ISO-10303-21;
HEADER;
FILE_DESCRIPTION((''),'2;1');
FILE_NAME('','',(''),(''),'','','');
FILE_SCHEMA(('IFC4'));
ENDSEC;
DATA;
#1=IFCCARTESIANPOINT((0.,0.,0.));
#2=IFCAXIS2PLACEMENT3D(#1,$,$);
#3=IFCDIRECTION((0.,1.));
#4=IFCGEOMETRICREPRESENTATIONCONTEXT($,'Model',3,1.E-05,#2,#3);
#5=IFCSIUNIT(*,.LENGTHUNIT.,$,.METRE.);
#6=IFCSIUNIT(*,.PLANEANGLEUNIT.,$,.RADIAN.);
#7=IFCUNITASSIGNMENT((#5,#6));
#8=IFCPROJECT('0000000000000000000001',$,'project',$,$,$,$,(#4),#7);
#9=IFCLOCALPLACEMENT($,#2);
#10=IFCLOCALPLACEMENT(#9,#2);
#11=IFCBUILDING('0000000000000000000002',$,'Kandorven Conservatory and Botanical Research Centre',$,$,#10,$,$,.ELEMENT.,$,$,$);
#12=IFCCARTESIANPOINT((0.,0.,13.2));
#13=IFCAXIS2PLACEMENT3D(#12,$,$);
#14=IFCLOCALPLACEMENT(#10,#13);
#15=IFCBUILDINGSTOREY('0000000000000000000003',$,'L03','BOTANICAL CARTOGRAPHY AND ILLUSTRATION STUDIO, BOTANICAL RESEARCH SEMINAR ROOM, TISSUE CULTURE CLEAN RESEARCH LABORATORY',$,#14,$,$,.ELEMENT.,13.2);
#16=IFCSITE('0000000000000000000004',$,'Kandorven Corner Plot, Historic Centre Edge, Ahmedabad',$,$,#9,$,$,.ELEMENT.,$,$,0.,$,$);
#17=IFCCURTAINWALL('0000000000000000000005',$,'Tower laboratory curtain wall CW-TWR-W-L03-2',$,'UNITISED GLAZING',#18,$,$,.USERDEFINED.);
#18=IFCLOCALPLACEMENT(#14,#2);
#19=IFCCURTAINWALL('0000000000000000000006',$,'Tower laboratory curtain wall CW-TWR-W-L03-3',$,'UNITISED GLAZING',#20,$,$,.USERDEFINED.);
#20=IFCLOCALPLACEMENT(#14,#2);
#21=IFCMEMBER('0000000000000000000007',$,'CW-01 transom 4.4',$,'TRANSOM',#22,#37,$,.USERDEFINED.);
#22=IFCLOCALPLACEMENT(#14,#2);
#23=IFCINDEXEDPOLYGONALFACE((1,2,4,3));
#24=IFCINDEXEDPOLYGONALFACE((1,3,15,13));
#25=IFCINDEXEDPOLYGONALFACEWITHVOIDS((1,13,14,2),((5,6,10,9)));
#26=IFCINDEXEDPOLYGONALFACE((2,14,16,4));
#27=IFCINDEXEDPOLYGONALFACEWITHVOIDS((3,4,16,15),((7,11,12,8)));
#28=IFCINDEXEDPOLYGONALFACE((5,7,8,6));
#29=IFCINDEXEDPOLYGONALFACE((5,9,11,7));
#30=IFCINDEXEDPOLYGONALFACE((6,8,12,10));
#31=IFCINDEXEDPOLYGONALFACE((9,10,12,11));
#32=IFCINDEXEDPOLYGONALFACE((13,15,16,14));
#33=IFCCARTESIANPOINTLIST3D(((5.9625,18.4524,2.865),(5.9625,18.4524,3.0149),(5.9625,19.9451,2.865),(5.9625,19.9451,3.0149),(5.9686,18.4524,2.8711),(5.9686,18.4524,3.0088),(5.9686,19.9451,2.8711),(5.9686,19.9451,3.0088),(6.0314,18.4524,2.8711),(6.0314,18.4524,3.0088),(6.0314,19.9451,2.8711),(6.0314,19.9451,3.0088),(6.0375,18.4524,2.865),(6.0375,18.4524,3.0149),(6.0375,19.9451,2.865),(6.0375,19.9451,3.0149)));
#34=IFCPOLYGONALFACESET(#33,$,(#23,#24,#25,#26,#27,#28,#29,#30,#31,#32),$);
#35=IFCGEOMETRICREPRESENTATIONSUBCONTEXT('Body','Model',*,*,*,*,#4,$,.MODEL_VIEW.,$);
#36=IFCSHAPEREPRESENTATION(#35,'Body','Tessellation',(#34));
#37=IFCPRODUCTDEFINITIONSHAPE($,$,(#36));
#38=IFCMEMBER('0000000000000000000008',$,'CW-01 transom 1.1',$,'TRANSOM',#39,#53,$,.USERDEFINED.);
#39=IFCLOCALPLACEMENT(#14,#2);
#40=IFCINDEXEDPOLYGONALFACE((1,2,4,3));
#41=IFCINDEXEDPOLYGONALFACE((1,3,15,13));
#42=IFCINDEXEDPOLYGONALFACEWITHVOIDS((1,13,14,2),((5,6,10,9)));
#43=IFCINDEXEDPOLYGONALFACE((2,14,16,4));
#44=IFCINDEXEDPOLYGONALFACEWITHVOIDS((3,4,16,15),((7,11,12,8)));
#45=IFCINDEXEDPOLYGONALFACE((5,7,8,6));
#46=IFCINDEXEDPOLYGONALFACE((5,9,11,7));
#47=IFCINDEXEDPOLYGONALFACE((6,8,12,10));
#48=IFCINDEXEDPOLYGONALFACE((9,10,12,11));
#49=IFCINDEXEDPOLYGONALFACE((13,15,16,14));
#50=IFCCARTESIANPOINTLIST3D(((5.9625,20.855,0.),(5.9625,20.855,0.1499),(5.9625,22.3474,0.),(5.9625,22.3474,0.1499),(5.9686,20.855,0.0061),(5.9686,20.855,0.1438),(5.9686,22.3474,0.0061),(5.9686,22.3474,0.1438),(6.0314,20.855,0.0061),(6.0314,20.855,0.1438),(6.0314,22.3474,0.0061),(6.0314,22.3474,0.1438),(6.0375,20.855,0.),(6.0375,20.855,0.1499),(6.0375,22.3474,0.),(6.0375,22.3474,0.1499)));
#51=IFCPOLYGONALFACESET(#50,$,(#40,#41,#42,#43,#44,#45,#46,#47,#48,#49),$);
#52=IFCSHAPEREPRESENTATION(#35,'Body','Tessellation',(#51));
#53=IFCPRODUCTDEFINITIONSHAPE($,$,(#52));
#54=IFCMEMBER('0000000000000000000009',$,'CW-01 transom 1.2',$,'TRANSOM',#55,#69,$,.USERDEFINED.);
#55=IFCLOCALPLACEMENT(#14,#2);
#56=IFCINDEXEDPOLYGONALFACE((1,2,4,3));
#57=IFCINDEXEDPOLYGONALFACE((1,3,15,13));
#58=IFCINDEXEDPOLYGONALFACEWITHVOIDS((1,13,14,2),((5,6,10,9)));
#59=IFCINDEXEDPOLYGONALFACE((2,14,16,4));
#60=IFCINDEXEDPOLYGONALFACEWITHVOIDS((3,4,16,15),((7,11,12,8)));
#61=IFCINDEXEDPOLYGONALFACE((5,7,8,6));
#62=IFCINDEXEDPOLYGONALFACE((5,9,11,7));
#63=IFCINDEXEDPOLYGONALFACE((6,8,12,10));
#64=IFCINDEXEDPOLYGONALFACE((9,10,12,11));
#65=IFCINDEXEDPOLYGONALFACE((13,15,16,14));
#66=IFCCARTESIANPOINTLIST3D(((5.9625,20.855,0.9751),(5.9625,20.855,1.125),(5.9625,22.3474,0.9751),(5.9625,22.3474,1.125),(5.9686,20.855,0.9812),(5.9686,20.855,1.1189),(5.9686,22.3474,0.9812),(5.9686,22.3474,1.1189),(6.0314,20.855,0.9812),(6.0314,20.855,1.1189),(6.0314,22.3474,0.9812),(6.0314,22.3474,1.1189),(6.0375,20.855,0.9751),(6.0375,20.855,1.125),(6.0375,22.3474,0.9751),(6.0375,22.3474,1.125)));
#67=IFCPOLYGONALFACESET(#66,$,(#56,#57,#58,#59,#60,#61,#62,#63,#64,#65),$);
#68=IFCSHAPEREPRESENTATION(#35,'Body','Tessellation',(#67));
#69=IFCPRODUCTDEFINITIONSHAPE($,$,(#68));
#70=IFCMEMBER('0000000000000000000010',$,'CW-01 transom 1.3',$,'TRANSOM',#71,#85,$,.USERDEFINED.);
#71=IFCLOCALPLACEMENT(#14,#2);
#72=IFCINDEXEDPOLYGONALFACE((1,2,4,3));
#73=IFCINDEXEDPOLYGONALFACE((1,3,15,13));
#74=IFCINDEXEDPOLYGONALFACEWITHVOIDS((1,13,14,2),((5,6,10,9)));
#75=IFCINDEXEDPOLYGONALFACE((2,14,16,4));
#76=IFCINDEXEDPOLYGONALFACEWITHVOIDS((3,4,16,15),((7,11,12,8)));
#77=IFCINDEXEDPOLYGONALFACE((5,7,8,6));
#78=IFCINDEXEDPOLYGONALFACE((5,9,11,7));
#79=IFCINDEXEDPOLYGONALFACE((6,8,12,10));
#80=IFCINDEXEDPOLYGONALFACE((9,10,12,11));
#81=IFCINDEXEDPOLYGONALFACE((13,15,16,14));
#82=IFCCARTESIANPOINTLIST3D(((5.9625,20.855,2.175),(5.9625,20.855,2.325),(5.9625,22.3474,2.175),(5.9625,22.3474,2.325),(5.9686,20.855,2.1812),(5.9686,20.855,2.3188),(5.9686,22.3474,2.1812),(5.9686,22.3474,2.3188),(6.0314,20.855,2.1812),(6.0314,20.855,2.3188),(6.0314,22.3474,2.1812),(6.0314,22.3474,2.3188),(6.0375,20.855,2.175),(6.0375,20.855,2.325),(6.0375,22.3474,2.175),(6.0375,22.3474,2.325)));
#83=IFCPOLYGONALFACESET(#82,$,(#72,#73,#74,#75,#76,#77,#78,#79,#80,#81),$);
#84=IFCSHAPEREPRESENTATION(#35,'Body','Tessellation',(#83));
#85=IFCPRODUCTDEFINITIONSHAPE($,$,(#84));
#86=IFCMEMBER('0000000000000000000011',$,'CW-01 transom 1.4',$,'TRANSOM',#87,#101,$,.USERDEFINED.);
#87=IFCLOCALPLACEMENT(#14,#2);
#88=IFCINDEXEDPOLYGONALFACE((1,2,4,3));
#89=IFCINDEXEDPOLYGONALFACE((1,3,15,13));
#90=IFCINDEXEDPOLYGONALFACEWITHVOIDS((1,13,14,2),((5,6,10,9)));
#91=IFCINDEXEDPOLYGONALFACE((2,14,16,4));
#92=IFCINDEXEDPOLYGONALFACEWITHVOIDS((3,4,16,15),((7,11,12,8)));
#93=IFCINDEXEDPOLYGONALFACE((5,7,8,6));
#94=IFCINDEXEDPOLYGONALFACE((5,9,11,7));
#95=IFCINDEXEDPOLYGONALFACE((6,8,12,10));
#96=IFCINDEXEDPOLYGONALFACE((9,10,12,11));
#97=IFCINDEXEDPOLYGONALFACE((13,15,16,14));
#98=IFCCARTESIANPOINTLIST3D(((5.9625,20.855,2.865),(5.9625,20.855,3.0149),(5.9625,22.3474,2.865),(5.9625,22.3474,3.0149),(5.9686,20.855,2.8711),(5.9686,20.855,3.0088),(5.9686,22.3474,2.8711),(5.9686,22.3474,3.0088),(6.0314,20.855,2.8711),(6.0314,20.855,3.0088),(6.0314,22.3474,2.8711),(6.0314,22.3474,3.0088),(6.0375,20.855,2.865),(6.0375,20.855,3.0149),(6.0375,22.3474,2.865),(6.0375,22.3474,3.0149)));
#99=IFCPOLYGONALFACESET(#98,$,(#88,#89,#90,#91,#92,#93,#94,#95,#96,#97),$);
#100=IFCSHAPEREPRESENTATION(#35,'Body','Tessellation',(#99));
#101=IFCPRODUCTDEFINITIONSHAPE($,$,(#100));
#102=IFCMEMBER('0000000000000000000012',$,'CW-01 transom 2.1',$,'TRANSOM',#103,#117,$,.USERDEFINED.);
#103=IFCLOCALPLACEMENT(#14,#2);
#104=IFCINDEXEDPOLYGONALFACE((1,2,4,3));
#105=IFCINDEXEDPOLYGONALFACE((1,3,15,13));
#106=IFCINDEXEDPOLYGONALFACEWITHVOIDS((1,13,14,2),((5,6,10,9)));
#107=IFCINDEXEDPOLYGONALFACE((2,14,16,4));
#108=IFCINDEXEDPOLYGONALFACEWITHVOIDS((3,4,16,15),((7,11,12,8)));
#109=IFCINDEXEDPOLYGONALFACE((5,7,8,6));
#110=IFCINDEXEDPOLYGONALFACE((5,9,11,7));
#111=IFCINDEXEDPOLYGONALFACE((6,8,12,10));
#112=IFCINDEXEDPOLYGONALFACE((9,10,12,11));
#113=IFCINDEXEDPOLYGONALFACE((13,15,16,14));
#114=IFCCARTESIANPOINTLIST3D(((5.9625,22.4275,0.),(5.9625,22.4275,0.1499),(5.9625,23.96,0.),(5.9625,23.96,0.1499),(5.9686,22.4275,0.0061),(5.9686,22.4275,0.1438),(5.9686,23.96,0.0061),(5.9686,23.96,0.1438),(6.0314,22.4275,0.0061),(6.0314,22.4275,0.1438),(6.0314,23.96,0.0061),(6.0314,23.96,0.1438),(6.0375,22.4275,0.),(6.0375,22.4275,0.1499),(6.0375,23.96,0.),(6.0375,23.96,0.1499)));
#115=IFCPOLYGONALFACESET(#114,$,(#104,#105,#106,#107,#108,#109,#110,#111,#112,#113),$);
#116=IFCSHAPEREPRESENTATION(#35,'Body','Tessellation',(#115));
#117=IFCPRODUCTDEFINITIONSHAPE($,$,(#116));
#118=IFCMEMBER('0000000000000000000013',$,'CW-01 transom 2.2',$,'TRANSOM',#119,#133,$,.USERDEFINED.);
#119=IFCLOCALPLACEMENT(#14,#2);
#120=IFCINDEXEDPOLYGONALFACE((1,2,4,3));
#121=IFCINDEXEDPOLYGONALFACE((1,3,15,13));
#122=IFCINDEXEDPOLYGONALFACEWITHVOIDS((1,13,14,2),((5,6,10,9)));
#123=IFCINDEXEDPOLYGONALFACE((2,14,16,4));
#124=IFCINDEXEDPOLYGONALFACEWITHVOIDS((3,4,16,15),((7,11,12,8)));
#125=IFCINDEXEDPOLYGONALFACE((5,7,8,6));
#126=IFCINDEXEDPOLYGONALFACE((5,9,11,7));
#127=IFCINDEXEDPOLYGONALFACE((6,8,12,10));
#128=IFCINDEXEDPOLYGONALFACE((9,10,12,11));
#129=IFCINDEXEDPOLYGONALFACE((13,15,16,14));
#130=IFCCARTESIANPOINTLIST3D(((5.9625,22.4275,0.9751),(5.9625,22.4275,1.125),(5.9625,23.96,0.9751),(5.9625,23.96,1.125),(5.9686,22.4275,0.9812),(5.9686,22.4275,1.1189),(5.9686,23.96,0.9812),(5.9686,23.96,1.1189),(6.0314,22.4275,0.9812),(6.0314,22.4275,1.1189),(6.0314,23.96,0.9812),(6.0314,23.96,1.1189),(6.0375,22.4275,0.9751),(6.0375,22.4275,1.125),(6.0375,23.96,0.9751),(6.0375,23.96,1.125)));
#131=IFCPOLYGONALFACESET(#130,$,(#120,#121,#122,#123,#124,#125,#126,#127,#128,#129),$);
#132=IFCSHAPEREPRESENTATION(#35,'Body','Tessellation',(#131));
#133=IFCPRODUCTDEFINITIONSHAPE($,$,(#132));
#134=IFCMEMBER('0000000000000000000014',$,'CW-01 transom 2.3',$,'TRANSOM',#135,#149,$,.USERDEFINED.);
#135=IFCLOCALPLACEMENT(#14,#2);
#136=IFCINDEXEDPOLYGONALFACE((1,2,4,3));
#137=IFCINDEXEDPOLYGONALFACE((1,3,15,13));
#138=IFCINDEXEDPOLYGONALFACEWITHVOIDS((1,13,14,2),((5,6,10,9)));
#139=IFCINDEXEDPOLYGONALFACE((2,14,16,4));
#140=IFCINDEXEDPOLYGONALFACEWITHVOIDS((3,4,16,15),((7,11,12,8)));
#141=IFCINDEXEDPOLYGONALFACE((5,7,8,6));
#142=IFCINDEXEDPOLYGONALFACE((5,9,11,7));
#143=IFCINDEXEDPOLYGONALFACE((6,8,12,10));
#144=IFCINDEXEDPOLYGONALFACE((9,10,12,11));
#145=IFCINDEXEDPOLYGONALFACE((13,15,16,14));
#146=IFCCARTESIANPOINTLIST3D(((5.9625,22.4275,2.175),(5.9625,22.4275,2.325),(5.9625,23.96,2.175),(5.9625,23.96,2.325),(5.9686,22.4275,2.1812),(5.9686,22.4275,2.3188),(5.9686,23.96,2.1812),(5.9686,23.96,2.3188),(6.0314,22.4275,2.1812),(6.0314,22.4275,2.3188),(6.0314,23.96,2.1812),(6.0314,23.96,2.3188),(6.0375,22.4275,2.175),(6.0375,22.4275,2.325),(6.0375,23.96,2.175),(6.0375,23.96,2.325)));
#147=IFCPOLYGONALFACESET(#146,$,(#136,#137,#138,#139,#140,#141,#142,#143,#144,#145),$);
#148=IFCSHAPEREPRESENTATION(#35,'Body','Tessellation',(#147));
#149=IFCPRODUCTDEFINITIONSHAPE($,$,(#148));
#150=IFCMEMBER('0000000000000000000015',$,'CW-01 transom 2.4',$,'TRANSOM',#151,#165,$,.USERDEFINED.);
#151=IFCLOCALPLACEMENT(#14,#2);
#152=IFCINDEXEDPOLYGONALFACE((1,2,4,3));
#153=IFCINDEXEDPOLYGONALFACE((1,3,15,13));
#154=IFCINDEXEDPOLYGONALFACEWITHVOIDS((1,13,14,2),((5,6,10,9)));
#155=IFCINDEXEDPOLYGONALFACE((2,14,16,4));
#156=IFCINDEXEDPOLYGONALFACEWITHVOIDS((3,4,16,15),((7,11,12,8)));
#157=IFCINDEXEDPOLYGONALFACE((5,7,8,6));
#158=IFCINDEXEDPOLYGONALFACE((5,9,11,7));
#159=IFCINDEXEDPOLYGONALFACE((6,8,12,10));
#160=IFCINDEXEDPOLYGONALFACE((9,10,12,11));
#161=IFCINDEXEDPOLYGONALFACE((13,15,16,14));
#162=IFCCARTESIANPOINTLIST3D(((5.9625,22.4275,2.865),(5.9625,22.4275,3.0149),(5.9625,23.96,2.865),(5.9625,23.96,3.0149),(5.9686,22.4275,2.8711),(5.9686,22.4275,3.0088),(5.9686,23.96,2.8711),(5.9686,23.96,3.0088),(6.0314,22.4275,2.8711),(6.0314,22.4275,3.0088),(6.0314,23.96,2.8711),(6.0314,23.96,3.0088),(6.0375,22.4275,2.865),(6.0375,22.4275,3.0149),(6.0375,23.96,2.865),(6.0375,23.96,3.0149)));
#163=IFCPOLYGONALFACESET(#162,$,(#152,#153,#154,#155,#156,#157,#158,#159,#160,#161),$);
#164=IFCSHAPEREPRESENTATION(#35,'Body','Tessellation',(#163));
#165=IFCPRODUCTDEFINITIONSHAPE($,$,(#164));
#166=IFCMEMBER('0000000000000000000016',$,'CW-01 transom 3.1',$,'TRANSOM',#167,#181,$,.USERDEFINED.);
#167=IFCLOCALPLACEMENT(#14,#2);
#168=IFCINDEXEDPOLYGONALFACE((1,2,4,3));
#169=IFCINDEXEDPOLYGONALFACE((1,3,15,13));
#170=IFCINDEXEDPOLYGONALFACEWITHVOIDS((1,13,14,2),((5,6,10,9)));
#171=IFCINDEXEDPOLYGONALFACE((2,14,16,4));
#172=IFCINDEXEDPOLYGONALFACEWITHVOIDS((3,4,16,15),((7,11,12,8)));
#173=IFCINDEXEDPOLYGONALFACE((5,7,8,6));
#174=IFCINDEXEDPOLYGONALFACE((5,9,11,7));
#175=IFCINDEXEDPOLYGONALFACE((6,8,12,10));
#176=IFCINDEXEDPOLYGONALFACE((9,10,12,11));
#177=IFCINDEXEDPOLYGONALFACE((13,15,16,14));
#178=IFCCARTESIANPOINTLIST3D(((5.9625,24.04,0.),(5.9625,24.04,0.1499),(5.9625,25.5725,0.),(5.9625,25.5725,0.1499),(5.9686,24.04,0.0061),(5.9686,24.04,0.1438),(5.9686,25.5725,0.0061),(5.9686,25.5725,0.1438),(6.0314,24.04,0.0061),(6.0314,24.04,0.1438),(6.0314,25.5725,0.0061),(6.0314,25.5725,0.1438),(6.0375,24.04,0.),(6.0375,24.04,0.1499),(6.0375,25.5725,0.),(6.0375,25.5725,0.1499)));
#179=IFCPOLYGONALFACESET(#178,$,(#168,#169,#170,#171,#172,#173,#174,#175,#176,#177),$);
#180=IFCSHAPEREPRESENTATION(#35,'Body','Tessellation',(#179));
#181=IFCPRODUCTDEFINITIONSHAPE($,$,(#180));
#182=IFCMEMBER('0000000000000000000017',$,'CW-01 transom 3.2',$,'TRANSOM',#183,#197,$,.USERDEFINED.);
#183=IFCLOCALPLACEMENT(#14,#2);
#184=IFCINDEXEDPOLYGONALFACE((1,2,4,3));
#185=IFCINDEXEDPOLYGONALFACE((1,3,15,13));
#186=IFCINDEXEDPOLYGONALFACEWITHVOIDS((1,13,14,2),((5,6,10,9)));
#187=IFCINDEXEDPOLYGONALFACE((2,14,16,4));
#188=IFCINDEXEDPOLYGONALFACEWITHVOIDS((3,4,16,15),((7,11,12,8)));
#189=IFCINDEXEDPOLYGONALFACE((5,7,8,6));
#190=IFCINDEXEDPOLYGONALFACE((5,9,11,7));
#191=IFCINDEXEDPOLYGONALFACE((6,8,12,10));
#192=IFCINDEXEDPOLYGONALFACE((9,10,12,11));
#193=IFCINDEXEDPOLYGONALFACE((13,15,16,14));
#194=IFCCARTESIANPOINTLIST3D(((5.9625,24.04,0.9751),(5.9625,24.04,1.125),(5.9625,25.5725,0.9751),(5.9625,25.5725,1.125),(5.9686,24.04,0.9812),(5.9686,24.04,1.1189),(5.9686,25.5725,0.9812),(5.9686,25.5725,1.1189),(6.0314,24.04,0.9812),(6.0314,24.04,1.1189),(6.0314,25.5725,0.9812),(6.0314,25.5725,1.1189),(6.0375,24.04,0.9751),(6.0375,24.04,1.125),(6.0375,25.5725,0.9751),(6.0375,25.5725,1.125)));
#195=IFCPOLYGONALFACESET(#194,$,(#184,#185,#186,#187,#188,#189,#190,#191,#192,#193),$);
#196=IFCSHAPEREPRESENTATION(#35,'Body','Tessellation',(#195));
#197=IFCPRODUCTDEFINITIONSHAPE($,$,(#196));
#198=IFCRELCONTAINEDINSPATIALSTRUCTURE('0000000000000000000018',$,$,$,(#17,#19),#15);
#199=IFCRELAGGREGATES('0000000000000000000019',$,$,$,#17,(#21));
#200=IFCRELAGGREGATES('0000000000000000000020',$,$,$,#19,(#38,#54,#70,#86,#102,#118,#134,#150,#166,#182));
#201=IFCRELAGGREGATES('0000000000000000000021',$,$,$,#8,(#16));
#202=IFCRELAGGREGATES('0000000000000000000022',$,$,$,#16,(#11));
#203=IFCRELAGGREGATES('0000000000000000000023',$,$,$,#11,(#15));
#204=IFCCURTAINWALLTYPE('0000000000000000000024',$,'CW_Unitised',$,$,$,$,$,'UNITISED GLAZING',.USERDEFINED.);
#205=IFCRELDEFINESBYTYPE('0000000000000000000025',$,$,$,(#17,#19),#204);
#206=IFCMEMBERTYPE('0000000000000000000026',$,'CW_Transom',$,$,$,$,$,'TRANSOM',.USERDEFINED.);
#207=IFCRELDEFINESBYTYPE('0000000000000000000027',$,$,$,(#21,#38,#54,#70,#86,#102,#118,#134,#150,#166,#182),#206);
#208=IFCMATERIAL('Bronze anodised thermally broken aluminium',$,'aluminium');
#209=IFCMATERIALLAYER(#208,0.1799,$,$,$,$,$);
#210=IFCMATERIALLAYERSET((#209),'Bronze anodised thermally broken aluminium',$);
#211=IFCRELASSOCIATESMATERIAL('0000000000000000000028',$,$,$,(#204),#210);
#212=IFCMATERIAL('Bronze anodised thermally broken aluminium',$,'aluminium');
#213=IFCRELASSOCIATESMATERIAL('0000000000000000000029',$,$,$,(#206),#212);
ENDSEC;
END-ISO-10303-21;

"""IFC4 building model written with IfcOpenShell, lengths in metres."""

from ifc_helpers import new_model, si_unit, direction, frame, origin, origin_2d, place, context, subcontext, project, spatial, hollow_rectangle, extrude, material, layer, layer_set, material_profile, profile_set, type_object, element, aggregate, save


model = new_model("IFC4")

# Units and contexts
model_context = context("Model", 3, precision=1e-05, world=origin(), true_north=direction((0.0, 1.0)))
body_context = subcontext(model_context, "Body", "Model", "MODEL_VIEW")
ifc_project = project(units=[si_unit("LENGTHUNIT", "METRE"), si_unit("PLANEANGLEUNIT", "RADIAN")], contexts=[model_context])

# Site, building, storey
site_placement = place(None, origin())
site = spatial("IfcSite", under=ifc_project, at=site_placement, Name="Kandorven Corner Plot, Historic Centre Edge, Ahmedabad", CompositionType="ELEMENT", RefElevation=0.0)
building_placement = place(site_placement, origin())
building = spatial("IfcBuilding", under=site, at=building_placement, Name="Kandorven Conservatory and Botanical Research Centre", CompositionType="ELEMENT")
storey_placement = place(building_placement, frame((0.0, 0.0, 13.2)))
storey = spatial("IfcBuildingStorey", under=building, at=storey_placement, Name="L03", Description="BOTANICAL CARTOGRAPHY AND ILLUSTRATION STUDIO, BOTANICAL RESEARCH SEMINAR ROOM, TISSUE CULTURE CLEAN RESEARCH LABORATORY", CompositionType="ELEMENT", Elevation=13.2)

# Curtain walls
ifc_material_1 = material(Name="Bronze anodised thermally broken aluminium", Category="aluminium")
ifc_layer_1 = layer(ifc_material_1, 0.1799)
ifc_layer_set_1 = layer_set([ifc_layer_1], Name="Bronze anodised thermally broken aluminium")
curtain_wall_type = type_object("IfcCurtainWallType", Name="CW_Unitised", ElementType="UNITISED GLAZING", PredefinedType="USERDEFINED", material=ifc_layer_set_1)
curtain_wall_1_placement = place(storey_placement, origin())
curtain_wall_1 = element("IfcCurtainWall", 1, at=curtain_wall_1_placement, inside=storey, type_object=curtain_wall_type, Name="Tower laboratory curtain wall CW-TWR-W-L03-2", ObjectType="UNITISED GLAZING", PredefinedType="USERDEFINED")
curtain_wall_2_placement = place(storey_placement, origin())
curtain_wall_2 = element("IfcCurtainWall", 2, at=curtain_wall_2_placement, inside=storey, type_object=curtain_wall_type, Name="Tower laboratory curtain wall CW-TWR-W-L03-3", ObjectType="UNITISED GLAZING", PredefinedType="USERDEFINED")

# Members
ifc_material_2 = material(Name="Bronze anodised thermally broken aluminium", Category="aluminium")
ifc_material_profile_1 = material_profile(ifc_material_2, hollow_rectangle(XDim=0.075, YDim=0.1499, WallThickness=0.0061, at=origin_2d()))
ifc_profile_set_1 = profile_set([ifc_material_profile_1], Name="Bronze anodised thermally broken aluminium")
member_type_1 = type_object("IfcMemberType", Name="CW_Transom", ElementType="TRANSOM", PredefinedType="USERDEFINED", material=ifc_profile_set_1)
member_1_placement = place(storey_placement, frame((6.0, 18.4524, 2.9399), z_axis=(0.0, 1.0, 0.0), x_axis=(-1.0, 0.0, 0.0)))
member_1 = element("IfcMember", 3, at=member_1_placement, type_object=member_type_1, Name="CW-01 transom 4.4", ObjectType="TRANSOM", PredefinedType="USERDEFINED", context=body_context, shape_type="SweptSolid", body=[
    extrude(hollow_rectangle(XDim=0.075, YDim=0.1499, WallThickness=0.0061, at=origin_2d()), origin(), (0.0, 0.0, 1.0), 1.4927),
])
member_2_placement = place(storey_placement, frame((6.0, 20.855, 0.075), z_axis=(0.0, 1.0, 0.0), x_axis=(-1.0, 0.0, 0.0)))
member_2 = element("IfcMember", 4, at=member_2_placement, type_object=member_type_1, Name="CW-01 transom 1.1", ObjectType="TRANSOM", PredefinedType="USERDEFINED", context=body_context, shape_type="SweptSolid", body=[
    extrude(hollow_rectangle(XDim=0.075, YDim=0.1499, WallThickness=0.0061, at=origin_2d()), origin(), (0.0, 0.0, 1.0), 1.4924),
])
member_3_placement = place(storey_placement, frame((6.0, 20.855, 1.05), z_axis=(0.0, 1.0, 0.0), x_axis=(-1.0, 0.0, 0.0)))
member_3 = element("IfcMember", 5, at=member_3_placement, type_object=member_type_1, Name="CW-01 transom 1.2", ObjectType="TRANSOM", PredefinedType="USERDEFINED", context=body_context, shape_type="SweptSolid", body=[
    extrude(hollow_rectangle(XDim=0.075, YDim=0.1499, WallThickness=0.0061, at=origin_2d()), origin(), (0.0, 0.0, 1.0), 1.4924),
])
member_4_placement = place(storey_placement, frame((6.0, 20.855, 2.25), z_axis=(0.0, 1.0, 0.0), x_axis=(-1.0, 0.0, 0.0)))
member_4 = element("IfcMember", 6, at=member_4_placement, type_object=member_type_1, Name="CW-01 transom 1.3", ObjectType="TRANSOM", PredefinedType="USERDEFINED", context=body_context, shape_type="SweptSolid", body=[
    extrude(hollow_rectangle(XDim=0.075, YDim=0.1499, WallThickness=0.0061, at=origin_2d()), origin(), (0.0, 0.0, 1.0), 1.4924),
])
member_5_placement = place(storey_placement, frame((6.0, 20.855, 2.9399), z_axis=(0.0, 1.0, 0.0), x_axis=(-1.0, 0.0, 0.0)))
member_5 = element("IfcMember", 7, at=member_5_placement, type_object=member_type_1, Name="CW-01 transom 1.4", ObjectType="TRANSOM", PredefinedType="USERDEFINED", context=body_context, shape_type="SweptSolid", body=[
    extrude(hollow_rectangle(XDim=0.075, YDim=0.1499, WallThickness=0.0061, at=origin_2d()), origin(), (0.0, 0.0, 1.0), 1.4924),
])
member_6_placement = place(storey_placement, frame((6.0, 22.4275, 0.075), z_axis=(0.0, 1.0, 0.0), x_axis=(-1.0, 0.0, 0.0)))
member_6 = element("IfcMember", 8, at=member_6_placement, type_object=member_type_1, Name="CW-01 transom 2.1", ObjectType="TRANSOM", PredefinedType="USERDEFINED", context=body_context, shape_type="SweptSolid", body=[
    extrude(hollow_rectangle(XDim=0.075, YDim=0.1499, WallThickness=0.0061, at=origin_2d()), origin(), (0.0, 0.0, 1.0), 1.5325),
])
member_7_placement = place(storey_placement, frame((6.0, 22.4275, 1.05), z_axis=(0.0, 1.0, 0.0), x_axis=(-1.0, 0.0, 0.0)))
member_7 = element("IfcMember", 9, at=member_7_placement, type_object=member_type_1, Name="CW-01 transom 2.2", ObjectType="TRANSOM", PredefinedType="USERDEFINED", context=body_context, shape_type="SweptSolid", body=[
    extrude(hollow_rectangle(XDim=0.075, YDim=0.1499, WallThickness=0.0061, at=origin_2d()), origin(), (0.0, 0.0, 1.0), 1.5325),
])
member_8_placement = place(storey_placement, frame((6.0, 22.4275, 2.25), z_axis=(0.0, 1.0, 0.0), x_axis=(-1.0, 0.0, 0.0)))
member_8 = element("IfcMember", 10, at=member_8_placement, type_object=member_type_1, Name="CW-01 transom 2.3", ObjectType="TRANSOM", PredefinedType="USERDEFINED", context=body_context, shape_type="SweptSolid", body=[
    extrude(hollow_rectangle(XDim=0.075, YDim=0.1499, WallThickness=0.0061, at=origin_2d()), origin(), (0.0, 0.0, 1.0), 1.5325),
])
member_9_placement = place(storey_placement, frame((6.0, 22.4275, 2.9399), z_axis=(0.0, 1.0, 0.0), x_axis=(-1.0, 0.0, 0.0)))
member_9 = element("IfcMember", 11, at=member_9_placement, type_object=member_type_1, Name="CW-01 transom 2.4", ObjectType="TRANSOM", PredefinedType="USERDEFINED", context=body_context, shape_type="SweptSolid", body=[
    extrude(hollow_rectangle(XDim=0.075, YDim=0.1499, WallThickness=0.0061, at=origin_2d()), origin(), (0.0, 0.0, 1.0), 1.5325),
])
member_10_placement = place(storey_placement, frame((6.0, 24.04, 0.075), z_axis=(0.0, 1.0, 0.0), x_axis=(-1.0, 0.0, 0.0)))
member_10 = element("IfcMember", 12, at=member_10_placement, type_object=member_type_1, Name="CW-01 transom 3.1", ObjectType="TRANSOM", PredefinedType="USERDEFINED", context=body_context, shape_type="SweptSolid", body=[
    extrude(hollow_rectangle(XDim=0.075, YDim=0.1499, WallThickness=0.0061, at=origin_2d()), origin(), (0.0, 0.0, 1.0), 1.5325),
])
member_11_placement = place(storey_placement, frame((6.0, 24.04, 1.05), z_axis=(0.0, 1.0, 0.0), x_axis=(-1.0, 0.0, 0.0)))
member_11 = element("IfcMember", 13, at=member_11_placement, type_object=member_type_1, Name="CW-01 transom 3.2", ObjectType="TRANSOM", PredefinedType="USERDEFINED", context=body_context, shape_type="SweptSolid", body=[
    extrude(hollow_rectangle(XDim=0.075, YDim=0.1499, WallThickness=0.0061, at=origin_2d()), origin(), (0.0, 0.0, 1.0), 1.5325),
])

aggregate(curtain_wall_1, [member_1])
aggregate(curtain_wall_2, [member_2, member_3, member_4, member_5, member_6, member_7, member_8, member_9, member_10, member_11])

save(model, "model.ifc")
